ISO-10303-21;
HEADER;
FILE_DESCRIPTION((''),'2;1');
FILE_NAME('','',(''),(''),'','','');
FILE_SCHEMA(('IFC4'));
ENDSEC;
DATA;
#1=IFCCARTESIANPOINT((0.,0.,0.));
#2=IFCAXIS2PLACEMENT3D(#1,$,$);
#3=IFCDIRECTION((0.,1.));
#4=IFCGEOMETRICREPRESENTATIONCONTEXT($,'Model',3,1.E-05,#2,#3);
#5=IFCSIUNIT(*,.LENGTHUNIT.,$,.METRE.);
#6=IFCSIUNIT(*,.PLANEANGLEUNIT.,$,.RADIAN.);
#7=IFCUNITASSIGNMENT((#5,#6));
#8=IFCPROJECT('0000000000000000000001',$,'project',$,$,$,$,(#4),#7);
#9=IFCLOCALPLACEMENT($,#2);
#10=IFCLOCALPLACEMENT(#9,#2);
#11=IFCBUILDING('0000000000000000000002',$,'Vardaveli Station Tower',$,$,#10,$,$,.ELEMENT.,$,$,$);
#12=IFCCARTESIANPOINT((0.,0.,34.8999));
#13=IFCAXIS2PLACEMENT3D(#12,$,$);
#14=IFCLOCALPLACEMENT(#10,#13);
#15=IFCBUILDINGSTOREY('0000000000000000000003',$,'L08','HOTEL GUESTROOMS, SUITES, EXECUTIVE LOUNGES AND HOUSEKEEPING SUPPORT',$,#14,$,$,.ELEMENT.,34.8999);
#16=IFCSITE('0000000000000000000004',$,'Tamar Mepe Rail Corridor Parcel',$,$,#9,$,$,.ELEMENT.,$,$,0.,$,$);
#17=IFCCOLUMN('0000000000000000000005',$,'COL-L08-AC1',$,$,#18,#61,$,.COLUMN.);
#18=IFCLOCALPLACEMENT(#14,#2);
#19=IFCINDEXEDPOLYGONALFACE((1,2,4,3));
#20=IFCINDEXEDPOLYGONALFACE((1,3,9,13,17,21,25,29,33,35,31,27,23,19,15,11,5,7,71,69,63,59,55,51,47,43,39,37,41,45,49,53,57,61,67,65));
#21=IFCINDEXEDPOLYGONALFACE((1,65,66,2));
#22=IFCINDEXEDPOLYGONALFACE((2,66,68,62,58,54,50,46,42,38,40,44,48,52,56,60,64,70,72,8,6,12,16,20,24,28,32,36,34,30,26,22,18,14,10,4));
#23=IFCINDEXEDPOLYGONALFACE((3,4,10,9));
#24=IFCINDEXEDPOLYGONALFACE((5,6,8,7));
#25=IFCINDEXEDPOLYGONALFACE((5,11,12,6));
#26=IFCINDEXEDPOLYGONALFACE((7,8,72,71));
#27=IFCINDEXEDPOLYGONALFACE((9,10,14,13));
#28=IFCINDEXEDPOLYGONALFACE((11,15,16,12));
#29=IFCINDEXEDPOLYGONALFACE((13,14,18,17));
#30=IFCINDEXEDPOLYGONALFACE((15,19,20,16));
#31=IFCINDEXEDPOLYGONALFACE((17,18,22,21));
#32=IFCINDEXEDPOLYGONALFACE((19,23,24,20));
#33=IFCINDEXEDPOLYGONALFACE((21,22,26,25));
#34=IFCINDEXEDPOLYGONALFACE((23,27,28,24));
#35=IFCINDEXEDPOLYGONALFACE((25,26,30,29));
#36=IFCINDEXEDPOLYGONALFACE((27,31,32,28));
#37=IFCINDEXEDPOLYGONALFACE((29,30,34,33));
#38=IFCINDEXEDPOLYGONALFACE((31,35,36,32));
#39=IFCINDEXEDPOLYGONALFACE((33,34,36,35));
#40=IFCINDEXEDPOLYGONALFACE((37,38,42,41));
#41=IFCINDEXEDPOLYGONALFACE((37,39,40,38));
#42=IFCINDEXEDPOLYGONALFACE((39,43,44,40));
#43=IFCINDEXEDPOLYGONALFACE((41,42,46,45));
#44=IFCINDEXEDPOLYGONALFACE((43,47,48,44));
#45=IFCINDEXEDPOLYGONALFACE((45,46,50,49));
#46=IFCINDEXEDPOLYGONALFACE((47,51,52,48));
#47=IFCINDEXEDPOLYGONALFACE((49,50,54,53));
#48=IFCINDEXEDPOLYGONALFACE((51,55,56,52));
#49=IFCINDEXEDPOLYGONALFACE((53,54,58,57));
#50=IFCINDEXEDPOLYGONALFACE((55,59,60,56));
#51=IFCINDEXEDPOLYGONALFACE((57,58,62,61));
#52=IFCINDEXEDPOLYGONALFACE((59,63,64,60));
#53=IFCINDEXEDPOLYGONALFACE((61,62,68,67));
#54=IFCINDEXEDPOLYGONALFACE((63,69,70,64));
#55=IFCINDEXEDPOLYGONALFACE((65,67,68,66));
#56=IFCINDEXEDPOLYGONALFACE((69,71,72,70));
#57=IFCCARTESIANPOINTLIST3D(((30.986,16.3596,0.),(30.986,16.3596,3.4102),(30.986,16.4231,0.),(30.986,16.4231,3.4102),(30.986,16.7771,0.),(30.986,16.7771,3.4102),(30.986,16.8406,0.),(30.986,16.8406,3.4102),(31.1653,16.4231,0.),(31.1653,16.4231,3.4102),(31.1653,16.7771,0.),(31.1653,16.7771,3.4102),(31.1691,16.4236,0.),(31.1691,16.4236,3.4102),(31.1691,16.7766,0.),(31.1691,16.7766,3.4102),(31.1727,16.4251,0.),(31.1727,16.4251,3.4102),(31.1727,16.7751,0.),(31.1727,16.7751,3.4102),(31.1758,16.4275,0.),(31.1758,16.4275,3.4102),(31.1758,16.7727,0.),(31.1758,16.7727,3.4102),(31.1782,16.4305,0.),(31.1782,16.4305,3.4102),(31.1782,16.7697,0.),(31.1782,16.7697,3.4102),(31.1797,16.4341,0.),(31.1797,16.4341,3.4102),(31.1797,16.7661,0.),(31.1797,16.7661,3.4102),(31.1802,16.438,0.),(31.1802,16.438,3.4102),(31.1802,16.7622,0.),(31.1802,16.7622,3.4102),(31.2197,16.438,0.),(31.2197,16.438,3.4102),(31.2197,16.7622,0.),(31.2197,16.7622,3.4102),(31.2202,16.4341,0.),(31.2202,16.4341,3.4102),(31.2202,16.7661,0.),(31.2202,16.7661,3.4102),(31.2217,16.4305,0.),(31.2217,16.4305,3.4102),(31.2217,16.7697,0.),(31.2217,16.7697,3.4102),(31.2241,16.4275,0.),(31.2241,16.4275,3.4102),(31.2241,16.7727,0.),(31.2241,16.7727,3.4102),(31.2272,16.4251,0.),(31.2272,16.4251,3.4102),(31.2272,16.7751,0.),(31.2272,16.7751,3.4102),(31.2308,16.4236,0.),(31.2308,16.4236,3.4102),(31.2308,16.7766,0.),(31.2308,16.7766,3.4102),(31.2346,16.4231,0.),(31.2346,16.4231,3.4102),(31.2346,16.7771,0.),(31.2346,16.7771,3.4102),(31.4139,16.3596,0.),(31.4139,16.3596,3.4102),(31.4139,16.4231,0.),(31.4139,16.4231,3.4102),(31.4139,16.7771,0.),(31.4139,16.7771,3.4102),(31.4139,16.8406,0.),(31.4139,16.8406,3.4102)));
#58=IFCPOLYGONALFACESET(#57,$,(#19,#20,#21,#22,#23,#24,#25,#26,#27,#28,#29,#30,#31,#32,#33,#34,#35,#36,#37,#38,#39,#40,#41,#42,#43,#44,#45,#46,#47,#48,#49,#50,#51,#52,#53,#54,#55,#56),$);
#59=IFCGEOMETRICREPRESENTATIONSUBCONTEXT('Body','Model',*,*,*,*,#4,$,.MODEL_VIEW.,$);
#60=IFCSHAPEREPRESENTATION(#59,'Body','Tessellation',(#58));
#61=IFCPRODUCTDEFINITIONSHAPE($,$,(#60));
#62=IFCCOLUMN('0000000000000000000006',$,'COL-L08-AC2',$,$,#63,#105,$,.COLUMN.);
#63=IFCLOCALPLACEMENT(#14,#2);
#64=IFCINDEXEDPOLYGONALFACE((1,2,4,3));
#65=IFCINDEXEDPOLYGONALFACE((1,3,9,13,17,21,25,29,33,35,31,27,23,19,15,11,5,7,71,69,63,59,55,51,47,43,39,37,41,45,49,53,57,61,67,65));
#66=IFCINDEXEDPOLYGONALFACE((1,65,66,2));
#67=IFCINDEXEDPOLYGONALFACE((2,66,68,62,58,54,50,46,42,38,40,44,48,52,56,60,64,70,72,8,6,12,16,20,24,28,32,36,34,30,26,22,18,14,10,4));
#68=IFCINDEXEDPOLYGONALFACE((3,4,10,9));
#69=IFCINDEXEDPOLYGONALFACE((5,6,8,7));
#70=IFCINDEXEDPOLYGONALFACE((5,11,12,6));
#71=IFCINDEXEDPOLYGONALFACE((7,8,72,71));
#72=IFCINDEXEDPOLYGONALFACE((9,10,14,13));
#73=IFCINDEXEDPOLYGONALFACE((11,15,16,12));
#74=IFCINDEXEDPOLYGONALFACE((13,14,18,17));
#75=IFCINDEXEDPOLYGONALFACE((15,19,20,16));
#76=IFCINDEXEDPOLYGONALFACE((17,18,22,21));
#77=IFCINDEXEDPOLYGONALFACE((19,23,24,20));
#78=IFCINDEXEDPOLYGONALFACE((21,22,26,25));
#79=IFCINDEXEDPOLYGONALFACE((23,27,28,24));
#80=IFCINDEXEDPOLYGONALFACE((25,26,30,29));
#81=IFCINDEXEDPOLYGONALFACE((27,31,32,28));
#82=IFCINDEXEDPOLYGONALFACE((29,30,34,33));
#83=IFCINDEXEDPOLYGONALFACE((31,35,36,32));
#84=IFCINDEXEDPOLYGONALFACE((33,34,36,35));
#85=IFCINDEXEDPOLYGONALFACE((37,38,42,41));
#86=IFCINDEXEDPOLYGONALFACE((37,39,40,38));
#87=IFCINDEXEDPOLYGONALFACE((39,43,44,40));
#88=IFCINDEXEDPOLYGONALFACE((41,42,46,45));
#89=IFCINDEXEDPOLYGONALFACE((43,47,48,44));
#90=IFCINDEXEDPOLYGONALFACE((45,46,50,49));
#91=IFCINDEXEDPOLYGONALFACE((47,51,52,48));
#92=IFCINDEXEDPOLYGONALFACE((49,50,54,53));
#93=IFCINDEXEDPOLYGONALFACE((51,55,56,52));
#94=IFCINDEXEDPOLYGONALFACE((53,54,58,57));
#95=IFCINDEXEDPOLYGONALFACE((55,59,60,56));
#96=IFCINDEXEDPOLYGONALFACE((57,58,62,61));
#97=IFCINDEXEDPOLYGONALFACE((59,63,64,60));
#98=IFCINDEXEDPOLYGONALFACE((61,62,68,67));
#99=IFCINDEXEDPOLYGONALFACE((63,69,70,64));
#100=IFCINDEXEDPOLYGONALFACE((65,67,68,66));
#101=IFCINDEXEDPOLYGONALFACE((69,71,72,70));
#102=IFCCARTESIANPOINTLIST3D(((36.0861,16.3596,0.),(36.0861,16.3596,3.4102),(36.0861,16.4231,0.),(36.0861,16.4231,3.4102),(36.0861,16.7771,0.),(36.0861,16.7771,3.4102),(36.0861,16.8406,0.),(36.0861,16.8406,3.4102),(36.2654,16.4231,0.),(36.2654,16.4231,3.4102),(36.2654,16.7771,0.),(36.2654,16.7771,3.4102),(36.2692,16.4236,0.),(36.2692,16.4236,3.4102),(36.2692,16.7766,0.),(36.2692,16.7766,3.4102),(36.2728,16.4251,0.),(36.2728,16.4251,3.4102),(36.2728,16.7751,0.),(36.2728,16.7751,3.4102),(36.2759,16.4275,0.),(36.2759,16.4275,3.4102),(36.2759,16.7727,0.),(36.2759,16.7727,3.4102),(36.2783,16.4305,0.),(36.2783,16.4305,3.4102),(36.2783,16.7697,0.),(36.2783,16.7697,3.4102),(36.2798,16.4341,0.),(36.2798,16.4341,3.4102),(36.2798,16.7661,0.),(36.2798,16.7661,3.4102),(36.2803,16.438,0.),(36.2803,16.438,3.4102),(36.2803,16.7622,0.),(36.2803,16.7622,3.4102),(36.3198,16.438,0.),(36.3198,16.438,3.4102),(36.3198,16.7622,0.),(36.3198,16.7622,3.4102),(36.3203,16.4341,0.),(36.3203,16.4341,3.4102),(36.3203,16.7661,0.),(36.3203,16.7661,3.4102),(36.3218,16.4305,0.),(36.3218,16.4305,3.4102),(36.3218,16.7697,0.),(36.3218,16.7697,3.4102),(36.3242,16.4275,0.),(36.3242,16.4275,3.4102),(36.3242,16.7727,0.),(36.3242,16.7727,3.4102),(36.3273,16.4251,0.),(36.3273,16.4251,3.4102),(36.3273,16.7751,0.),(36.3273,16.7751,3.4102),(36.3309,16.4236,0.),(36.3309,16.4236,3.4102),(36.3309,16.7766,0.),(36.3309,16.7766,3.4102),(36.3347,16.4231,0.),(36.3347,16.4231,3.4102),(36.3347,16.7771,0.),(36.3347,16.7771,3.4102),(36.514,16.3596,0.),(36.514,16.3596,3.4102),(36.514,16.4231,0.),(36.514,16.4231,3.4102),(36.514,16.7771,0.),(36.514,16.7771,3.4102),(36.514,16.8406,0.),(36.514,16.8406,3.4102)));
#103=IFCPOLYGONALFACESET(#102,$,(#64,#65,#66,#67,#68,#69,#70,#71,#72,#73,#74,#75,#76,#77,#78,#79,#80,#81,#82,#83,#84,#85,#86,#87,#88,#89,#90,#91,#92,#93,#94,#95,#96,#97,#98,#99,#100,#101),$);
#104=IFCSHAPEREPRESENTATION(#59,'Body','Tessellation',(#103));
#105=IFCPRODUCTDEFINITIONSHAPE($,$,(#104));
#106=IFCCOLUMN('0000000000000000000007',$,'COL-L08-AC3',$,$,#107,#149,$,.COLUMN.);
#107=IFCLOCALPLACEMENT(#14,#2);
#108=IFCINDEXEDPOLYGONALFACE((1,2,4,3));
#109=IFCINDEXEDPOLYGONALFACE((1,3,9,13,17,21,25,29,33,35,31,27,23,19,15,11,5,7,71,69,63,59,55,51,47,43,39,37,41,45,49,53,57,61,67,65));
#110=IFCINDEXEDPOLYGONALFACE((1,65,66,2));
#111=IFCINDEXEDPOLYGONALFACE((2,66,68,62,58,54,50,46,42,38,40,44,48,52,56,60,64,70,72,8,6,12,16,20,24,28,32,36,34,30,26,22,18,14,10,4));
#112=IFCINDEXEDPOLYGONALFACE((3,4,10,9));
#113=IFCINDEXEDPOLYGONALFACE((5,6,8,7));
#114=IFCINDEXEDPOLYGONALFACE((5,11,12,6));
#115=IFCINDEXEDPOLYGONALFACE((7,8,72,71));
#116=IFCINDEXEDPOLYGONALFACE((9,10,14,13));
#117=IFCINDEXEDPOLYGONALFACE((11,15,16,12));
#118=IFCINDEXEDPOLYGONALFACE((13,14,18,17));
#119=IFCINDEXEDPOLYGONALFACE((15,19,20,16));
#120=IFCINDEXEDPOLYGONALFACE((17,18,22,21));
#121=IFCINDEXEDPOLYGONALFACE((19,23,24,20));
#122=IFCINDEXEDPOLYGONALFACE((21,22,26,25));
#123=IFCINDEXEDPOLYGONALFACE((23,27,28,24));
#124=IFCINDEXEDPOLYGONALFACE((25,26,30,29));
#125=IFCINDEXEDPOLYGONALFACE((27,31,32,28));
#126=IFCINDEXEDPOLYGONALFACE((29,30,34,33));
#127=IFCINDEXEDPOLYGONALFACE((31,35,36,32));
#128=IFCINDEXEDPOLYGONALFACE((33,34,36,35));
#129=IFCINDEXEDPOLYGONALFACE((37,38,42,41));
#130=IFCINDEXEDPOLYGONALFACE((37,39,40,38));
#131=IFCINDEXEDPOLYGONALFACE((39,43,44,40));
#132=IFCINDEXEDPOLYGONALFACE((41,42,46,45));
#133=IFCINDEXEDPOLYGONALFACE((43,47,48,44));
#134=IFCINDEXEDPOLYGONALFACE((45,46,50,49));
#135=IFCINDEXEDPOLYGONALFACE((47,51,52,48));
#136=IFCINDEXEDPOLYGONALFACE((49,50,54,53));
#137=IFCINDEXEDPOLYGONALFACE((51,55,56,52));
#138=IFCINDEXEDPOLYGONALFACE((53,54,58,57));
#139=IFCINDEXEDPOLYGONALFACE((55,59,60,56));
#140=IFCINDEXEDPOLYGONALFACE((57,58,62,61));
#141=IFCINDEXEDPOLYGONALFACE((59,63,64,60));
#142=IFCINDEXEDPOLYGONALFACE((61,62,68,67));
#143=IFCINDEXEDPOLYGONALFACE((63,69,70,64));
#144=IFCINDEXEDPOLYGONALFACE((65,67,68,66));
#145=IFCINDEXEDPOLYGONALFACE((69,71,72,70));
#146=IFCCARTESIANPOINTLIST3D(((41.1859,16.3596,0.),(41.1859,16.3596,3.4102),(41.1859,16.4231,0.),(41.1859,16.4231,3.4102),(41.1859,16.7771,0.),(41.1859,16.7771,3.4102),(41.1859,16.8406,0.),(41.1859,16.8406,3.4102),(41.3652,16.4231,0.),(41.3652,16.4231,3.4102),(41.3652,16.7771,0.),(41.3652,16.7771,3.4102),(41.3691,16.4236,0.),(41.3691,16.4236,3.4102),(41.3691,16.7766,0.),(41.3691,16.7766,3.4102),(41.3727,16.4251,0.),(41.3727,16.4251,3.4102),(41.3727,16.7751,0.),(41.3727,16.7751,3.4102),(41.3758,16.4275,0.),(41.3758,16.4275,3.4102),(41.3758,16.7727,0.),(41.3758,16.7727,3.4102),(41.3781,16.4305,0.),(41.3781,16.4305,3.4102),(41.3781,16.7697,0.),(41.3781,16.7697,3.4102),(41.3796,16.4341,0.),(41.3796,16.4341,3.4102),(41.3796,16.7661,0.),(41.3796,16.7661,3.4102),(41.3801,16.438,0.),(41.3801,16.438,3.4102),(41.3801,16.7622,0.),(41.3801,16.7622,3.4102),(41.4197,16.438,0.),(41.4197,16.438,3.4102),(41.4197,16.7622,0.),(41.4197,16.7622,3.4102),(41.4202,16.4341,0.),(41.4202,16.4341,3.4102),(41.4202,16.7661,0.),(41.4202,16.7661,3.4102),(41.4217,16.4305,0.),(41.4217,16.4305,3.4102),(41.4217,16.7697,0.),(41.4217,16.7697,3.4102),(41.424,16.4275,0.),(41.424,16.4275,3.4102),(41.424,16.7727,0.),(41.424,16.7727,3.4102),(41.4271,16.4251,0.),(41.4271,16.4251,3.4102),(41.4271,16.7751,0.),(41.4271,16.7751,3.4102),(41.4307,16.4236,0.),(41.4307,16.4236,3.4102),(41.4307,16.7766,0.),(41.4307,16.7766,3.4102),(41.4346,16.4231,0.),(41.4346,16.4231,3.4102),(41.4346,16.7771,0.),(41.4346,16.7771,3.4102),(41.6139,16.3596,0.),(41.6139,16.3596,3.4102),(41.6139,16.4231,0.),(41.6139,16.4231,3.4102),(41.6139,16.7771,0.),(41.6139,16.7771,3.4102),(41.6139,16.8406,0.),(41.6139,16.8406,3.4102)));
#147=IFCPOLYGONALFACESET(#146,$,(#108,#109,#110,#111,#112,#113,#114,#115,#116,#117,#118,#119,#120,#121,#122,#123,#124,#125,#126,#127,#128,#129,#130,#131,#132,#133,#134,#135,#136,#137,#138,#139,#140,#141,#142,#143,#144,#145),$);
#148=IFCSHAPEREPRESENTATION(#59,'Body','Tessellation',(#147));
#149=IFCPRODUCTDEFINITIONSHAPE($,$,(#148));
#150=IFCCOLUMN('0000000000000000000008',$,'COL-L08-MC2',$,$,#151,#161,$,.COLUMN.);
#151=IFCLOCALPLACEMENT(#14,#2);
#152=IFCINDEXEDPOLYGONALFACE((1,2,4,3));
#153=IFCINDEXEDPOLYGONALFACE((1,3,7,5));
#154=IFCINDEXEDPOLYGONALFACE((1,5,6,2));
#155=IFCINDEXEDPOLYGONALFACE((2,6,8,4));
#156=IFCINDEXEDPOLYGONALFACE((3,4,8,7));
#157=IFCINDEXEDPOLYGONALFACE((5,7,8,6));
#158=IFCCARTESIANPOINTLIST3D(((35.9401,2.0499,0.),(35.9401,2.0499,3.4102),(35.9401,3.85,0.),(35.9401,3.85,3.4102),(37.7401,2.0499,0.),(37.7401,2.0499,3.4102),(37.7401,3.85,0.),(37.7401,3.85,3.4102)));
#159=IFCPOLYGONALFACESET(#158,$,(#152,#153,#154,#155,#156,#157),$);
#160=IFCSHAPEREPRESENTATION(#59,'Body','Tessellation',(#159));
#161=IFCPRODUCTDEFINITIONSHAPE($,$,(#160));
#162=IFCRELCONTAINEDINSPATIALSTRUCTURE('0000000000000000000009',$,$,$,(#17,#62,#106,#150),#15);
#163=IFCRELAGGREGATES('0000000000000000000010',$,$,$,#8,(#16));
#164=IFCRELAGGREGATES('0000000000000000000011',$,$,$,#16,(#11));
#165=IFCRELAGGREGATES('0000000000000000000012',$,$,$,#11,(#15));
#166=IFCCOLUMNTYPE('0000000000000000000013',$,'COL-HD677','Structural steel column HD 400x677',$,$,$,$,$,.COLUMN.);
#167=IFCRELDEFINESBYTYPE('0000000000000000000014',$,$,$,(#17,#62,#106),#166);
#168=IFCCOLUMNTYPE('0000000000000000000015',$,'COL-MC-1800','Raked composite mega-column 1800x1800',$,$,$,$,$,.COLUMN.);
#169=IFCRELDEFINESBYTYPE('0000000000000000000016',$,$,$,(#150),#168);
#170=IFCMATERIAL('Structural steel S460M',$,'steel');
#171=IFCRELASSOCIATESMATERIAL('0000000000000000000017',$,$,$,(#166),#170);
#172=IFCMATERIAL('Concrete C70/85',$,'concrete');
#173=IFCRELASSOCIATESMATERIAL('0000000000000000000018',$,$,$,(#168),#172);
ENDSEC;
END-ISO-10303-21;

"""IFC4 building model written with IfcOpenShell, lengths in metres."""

from ifc_helpers import new_model, si_unit, direction, frame, origin, origin_2d, place, context, subcontext, project, spatial, rectangle, i_section, extrude, source, transform, mapped, material, material_profile, profile_set, type_object, element, save


model = new_model("IFC4")

# Units and contexts
model_context = context("Model", 3, precision=1e-05, world=origin(), true_north=direction((0.0, 1.0)))
body_context = subcontext(model_context, "Body", "Model", "MODEL_VIEW")
ifc_project = project(units=[si_unit("LENGTHUNIT", "METRE"), si_unit("PLANEANGLEUNIT", "RADIAN")], contexts=[model_context])

# Site, building, storey
site_placement = place(None, origin())
site = spatial("IfcSite", under=ifc_project, at=site_placement, Name="Tamar Mepe Rail Corridor Parcel", CompositionType="ELEMENT", RefElevation=0.0)
building_placement = place(site_placement, origin())
building = spatial("IfcBuilding", under=site, at=building_placement, Name="Vardaveli Station Tower", CompositionType="ELEMENT")
storey_placement = place(building_placement, frame((0.0, 0.0, 34.8999)))
storey = spatial("IfcBuildingStorey", under=building, at=storey_placement, Name="L08", Description="HOTEL GUESTROOMS, SUITES, EXECUTIVE LOUNGES AND HOUSEKEEPING SUPPORT", CompositionType="ELEMENT", Elevation=34.8999)

# Columns
ifc_material_1 = material(Name="Structural steel S460M", Category="steel")
ifc_material_profile_1 = material_profile(ifc_material_1, i_section(OverallWidth=0.428, OverallDepth=0.481, WebThickness=0.0396, FlangeThickness=0.0635, FilletRadius=0.0149, at=origin_2d()), Name="HD 400x677")
ifc_profile_set_1 = profile_set([ifc_material_profile_1], Name="Structural steel S460M")
column_type_1 = type_object("IfcColumnType", Name="COL-HD677", Description="Structural steel column HD 400x677", PredefinedType="COLUMN", material=ifc_profile_set_1)
shared_shape_1 = source(origin(), body_context, "Body", "SweptSolid", [
    extrude(i_section(OverallWidth=0.428, OverallDepth=0.481, WebThickness=0.0396, FlangeThickness=0.0635, FilletRadius=0.0149, at=origin_2d()), origin(), (0.0, 0.0, 1.0), 3.4102),
])
for number, where, z_axis, x_axis, name in (
    (1, (31.2, 16.6001, 0.0), (0.0, 0.0, 1.0), (1.0, 0.0, 0.0), "COL-L08-AC1"),
    (2, (36.3, 16.6001, 0.0), (0.0, 0.0, 1.0), (1.0, 0.0, 0.0), "COL-L08-AC2"),
    (3, (41.3999, 16.6001, 0.0), (0.0, 0.0, 1.0), (1.0, 0.0, 0.0), "COL-L08-AC3"),
):
    element("IfcColumn", number, at=place(storey_placement, frame(where, z_axis=z_axis, x_axis=x_axis)), inside=storey, type_object=column_type_1, Name=name, PredefinedType="COLUMN", context=body_context, shape_type="MappedRepresentation", body=[
        mapped(shared_shape_1, transform((0.0, 0.0, 0.0), scale=1.0)),
    ])
ifc_material_2 = material(Name="Concrete C70/85", Category="concrete")
ifc_material_profile_2 = material_profile(ifc_material_2, rectangle(XDim=1.8, YDim=1.8, at=origin_2d()), Name="MC 1800x1800")
ifc_profile_set_2 = profile_set([ifc_material_profile_2], Name="Concrete C70/85")
column_type_2 = type_object("IfcColumnType", Name="COL-MC-1800", Description="Raked composite mega-column 1800x1800", PredefinedType="COLUMN", material=ifc_profile_set_2)
shared_shape_2 = source(origin(), body_context, "Body", "SweptSolid", [
    extrude(rectangle(XDim=1.8, YDim=1.8, at=origin_2d()), origin(), (0.0, 0.0, 1.0), 3.4102),
])
column_placement = place(storey_placement, frame((36.8401, 2.95, 0.0), z_axis=(0.0, 0.0, 1.0), x_axis=(1.0, 0.0, 0.0)))
element("IfcColumn", 4, at=column_placement, inside=storey, type_object=column_type_2, Name="COL-L08-MC2", PredefinedType="COLUMN", context=body_context, shape_type="MappedRepresentation", body=[
    mapped(shared_shape_2, transform((0.0, 0.0, 0.0), scale=1.0)),
])

save(model, "model.ifc")
